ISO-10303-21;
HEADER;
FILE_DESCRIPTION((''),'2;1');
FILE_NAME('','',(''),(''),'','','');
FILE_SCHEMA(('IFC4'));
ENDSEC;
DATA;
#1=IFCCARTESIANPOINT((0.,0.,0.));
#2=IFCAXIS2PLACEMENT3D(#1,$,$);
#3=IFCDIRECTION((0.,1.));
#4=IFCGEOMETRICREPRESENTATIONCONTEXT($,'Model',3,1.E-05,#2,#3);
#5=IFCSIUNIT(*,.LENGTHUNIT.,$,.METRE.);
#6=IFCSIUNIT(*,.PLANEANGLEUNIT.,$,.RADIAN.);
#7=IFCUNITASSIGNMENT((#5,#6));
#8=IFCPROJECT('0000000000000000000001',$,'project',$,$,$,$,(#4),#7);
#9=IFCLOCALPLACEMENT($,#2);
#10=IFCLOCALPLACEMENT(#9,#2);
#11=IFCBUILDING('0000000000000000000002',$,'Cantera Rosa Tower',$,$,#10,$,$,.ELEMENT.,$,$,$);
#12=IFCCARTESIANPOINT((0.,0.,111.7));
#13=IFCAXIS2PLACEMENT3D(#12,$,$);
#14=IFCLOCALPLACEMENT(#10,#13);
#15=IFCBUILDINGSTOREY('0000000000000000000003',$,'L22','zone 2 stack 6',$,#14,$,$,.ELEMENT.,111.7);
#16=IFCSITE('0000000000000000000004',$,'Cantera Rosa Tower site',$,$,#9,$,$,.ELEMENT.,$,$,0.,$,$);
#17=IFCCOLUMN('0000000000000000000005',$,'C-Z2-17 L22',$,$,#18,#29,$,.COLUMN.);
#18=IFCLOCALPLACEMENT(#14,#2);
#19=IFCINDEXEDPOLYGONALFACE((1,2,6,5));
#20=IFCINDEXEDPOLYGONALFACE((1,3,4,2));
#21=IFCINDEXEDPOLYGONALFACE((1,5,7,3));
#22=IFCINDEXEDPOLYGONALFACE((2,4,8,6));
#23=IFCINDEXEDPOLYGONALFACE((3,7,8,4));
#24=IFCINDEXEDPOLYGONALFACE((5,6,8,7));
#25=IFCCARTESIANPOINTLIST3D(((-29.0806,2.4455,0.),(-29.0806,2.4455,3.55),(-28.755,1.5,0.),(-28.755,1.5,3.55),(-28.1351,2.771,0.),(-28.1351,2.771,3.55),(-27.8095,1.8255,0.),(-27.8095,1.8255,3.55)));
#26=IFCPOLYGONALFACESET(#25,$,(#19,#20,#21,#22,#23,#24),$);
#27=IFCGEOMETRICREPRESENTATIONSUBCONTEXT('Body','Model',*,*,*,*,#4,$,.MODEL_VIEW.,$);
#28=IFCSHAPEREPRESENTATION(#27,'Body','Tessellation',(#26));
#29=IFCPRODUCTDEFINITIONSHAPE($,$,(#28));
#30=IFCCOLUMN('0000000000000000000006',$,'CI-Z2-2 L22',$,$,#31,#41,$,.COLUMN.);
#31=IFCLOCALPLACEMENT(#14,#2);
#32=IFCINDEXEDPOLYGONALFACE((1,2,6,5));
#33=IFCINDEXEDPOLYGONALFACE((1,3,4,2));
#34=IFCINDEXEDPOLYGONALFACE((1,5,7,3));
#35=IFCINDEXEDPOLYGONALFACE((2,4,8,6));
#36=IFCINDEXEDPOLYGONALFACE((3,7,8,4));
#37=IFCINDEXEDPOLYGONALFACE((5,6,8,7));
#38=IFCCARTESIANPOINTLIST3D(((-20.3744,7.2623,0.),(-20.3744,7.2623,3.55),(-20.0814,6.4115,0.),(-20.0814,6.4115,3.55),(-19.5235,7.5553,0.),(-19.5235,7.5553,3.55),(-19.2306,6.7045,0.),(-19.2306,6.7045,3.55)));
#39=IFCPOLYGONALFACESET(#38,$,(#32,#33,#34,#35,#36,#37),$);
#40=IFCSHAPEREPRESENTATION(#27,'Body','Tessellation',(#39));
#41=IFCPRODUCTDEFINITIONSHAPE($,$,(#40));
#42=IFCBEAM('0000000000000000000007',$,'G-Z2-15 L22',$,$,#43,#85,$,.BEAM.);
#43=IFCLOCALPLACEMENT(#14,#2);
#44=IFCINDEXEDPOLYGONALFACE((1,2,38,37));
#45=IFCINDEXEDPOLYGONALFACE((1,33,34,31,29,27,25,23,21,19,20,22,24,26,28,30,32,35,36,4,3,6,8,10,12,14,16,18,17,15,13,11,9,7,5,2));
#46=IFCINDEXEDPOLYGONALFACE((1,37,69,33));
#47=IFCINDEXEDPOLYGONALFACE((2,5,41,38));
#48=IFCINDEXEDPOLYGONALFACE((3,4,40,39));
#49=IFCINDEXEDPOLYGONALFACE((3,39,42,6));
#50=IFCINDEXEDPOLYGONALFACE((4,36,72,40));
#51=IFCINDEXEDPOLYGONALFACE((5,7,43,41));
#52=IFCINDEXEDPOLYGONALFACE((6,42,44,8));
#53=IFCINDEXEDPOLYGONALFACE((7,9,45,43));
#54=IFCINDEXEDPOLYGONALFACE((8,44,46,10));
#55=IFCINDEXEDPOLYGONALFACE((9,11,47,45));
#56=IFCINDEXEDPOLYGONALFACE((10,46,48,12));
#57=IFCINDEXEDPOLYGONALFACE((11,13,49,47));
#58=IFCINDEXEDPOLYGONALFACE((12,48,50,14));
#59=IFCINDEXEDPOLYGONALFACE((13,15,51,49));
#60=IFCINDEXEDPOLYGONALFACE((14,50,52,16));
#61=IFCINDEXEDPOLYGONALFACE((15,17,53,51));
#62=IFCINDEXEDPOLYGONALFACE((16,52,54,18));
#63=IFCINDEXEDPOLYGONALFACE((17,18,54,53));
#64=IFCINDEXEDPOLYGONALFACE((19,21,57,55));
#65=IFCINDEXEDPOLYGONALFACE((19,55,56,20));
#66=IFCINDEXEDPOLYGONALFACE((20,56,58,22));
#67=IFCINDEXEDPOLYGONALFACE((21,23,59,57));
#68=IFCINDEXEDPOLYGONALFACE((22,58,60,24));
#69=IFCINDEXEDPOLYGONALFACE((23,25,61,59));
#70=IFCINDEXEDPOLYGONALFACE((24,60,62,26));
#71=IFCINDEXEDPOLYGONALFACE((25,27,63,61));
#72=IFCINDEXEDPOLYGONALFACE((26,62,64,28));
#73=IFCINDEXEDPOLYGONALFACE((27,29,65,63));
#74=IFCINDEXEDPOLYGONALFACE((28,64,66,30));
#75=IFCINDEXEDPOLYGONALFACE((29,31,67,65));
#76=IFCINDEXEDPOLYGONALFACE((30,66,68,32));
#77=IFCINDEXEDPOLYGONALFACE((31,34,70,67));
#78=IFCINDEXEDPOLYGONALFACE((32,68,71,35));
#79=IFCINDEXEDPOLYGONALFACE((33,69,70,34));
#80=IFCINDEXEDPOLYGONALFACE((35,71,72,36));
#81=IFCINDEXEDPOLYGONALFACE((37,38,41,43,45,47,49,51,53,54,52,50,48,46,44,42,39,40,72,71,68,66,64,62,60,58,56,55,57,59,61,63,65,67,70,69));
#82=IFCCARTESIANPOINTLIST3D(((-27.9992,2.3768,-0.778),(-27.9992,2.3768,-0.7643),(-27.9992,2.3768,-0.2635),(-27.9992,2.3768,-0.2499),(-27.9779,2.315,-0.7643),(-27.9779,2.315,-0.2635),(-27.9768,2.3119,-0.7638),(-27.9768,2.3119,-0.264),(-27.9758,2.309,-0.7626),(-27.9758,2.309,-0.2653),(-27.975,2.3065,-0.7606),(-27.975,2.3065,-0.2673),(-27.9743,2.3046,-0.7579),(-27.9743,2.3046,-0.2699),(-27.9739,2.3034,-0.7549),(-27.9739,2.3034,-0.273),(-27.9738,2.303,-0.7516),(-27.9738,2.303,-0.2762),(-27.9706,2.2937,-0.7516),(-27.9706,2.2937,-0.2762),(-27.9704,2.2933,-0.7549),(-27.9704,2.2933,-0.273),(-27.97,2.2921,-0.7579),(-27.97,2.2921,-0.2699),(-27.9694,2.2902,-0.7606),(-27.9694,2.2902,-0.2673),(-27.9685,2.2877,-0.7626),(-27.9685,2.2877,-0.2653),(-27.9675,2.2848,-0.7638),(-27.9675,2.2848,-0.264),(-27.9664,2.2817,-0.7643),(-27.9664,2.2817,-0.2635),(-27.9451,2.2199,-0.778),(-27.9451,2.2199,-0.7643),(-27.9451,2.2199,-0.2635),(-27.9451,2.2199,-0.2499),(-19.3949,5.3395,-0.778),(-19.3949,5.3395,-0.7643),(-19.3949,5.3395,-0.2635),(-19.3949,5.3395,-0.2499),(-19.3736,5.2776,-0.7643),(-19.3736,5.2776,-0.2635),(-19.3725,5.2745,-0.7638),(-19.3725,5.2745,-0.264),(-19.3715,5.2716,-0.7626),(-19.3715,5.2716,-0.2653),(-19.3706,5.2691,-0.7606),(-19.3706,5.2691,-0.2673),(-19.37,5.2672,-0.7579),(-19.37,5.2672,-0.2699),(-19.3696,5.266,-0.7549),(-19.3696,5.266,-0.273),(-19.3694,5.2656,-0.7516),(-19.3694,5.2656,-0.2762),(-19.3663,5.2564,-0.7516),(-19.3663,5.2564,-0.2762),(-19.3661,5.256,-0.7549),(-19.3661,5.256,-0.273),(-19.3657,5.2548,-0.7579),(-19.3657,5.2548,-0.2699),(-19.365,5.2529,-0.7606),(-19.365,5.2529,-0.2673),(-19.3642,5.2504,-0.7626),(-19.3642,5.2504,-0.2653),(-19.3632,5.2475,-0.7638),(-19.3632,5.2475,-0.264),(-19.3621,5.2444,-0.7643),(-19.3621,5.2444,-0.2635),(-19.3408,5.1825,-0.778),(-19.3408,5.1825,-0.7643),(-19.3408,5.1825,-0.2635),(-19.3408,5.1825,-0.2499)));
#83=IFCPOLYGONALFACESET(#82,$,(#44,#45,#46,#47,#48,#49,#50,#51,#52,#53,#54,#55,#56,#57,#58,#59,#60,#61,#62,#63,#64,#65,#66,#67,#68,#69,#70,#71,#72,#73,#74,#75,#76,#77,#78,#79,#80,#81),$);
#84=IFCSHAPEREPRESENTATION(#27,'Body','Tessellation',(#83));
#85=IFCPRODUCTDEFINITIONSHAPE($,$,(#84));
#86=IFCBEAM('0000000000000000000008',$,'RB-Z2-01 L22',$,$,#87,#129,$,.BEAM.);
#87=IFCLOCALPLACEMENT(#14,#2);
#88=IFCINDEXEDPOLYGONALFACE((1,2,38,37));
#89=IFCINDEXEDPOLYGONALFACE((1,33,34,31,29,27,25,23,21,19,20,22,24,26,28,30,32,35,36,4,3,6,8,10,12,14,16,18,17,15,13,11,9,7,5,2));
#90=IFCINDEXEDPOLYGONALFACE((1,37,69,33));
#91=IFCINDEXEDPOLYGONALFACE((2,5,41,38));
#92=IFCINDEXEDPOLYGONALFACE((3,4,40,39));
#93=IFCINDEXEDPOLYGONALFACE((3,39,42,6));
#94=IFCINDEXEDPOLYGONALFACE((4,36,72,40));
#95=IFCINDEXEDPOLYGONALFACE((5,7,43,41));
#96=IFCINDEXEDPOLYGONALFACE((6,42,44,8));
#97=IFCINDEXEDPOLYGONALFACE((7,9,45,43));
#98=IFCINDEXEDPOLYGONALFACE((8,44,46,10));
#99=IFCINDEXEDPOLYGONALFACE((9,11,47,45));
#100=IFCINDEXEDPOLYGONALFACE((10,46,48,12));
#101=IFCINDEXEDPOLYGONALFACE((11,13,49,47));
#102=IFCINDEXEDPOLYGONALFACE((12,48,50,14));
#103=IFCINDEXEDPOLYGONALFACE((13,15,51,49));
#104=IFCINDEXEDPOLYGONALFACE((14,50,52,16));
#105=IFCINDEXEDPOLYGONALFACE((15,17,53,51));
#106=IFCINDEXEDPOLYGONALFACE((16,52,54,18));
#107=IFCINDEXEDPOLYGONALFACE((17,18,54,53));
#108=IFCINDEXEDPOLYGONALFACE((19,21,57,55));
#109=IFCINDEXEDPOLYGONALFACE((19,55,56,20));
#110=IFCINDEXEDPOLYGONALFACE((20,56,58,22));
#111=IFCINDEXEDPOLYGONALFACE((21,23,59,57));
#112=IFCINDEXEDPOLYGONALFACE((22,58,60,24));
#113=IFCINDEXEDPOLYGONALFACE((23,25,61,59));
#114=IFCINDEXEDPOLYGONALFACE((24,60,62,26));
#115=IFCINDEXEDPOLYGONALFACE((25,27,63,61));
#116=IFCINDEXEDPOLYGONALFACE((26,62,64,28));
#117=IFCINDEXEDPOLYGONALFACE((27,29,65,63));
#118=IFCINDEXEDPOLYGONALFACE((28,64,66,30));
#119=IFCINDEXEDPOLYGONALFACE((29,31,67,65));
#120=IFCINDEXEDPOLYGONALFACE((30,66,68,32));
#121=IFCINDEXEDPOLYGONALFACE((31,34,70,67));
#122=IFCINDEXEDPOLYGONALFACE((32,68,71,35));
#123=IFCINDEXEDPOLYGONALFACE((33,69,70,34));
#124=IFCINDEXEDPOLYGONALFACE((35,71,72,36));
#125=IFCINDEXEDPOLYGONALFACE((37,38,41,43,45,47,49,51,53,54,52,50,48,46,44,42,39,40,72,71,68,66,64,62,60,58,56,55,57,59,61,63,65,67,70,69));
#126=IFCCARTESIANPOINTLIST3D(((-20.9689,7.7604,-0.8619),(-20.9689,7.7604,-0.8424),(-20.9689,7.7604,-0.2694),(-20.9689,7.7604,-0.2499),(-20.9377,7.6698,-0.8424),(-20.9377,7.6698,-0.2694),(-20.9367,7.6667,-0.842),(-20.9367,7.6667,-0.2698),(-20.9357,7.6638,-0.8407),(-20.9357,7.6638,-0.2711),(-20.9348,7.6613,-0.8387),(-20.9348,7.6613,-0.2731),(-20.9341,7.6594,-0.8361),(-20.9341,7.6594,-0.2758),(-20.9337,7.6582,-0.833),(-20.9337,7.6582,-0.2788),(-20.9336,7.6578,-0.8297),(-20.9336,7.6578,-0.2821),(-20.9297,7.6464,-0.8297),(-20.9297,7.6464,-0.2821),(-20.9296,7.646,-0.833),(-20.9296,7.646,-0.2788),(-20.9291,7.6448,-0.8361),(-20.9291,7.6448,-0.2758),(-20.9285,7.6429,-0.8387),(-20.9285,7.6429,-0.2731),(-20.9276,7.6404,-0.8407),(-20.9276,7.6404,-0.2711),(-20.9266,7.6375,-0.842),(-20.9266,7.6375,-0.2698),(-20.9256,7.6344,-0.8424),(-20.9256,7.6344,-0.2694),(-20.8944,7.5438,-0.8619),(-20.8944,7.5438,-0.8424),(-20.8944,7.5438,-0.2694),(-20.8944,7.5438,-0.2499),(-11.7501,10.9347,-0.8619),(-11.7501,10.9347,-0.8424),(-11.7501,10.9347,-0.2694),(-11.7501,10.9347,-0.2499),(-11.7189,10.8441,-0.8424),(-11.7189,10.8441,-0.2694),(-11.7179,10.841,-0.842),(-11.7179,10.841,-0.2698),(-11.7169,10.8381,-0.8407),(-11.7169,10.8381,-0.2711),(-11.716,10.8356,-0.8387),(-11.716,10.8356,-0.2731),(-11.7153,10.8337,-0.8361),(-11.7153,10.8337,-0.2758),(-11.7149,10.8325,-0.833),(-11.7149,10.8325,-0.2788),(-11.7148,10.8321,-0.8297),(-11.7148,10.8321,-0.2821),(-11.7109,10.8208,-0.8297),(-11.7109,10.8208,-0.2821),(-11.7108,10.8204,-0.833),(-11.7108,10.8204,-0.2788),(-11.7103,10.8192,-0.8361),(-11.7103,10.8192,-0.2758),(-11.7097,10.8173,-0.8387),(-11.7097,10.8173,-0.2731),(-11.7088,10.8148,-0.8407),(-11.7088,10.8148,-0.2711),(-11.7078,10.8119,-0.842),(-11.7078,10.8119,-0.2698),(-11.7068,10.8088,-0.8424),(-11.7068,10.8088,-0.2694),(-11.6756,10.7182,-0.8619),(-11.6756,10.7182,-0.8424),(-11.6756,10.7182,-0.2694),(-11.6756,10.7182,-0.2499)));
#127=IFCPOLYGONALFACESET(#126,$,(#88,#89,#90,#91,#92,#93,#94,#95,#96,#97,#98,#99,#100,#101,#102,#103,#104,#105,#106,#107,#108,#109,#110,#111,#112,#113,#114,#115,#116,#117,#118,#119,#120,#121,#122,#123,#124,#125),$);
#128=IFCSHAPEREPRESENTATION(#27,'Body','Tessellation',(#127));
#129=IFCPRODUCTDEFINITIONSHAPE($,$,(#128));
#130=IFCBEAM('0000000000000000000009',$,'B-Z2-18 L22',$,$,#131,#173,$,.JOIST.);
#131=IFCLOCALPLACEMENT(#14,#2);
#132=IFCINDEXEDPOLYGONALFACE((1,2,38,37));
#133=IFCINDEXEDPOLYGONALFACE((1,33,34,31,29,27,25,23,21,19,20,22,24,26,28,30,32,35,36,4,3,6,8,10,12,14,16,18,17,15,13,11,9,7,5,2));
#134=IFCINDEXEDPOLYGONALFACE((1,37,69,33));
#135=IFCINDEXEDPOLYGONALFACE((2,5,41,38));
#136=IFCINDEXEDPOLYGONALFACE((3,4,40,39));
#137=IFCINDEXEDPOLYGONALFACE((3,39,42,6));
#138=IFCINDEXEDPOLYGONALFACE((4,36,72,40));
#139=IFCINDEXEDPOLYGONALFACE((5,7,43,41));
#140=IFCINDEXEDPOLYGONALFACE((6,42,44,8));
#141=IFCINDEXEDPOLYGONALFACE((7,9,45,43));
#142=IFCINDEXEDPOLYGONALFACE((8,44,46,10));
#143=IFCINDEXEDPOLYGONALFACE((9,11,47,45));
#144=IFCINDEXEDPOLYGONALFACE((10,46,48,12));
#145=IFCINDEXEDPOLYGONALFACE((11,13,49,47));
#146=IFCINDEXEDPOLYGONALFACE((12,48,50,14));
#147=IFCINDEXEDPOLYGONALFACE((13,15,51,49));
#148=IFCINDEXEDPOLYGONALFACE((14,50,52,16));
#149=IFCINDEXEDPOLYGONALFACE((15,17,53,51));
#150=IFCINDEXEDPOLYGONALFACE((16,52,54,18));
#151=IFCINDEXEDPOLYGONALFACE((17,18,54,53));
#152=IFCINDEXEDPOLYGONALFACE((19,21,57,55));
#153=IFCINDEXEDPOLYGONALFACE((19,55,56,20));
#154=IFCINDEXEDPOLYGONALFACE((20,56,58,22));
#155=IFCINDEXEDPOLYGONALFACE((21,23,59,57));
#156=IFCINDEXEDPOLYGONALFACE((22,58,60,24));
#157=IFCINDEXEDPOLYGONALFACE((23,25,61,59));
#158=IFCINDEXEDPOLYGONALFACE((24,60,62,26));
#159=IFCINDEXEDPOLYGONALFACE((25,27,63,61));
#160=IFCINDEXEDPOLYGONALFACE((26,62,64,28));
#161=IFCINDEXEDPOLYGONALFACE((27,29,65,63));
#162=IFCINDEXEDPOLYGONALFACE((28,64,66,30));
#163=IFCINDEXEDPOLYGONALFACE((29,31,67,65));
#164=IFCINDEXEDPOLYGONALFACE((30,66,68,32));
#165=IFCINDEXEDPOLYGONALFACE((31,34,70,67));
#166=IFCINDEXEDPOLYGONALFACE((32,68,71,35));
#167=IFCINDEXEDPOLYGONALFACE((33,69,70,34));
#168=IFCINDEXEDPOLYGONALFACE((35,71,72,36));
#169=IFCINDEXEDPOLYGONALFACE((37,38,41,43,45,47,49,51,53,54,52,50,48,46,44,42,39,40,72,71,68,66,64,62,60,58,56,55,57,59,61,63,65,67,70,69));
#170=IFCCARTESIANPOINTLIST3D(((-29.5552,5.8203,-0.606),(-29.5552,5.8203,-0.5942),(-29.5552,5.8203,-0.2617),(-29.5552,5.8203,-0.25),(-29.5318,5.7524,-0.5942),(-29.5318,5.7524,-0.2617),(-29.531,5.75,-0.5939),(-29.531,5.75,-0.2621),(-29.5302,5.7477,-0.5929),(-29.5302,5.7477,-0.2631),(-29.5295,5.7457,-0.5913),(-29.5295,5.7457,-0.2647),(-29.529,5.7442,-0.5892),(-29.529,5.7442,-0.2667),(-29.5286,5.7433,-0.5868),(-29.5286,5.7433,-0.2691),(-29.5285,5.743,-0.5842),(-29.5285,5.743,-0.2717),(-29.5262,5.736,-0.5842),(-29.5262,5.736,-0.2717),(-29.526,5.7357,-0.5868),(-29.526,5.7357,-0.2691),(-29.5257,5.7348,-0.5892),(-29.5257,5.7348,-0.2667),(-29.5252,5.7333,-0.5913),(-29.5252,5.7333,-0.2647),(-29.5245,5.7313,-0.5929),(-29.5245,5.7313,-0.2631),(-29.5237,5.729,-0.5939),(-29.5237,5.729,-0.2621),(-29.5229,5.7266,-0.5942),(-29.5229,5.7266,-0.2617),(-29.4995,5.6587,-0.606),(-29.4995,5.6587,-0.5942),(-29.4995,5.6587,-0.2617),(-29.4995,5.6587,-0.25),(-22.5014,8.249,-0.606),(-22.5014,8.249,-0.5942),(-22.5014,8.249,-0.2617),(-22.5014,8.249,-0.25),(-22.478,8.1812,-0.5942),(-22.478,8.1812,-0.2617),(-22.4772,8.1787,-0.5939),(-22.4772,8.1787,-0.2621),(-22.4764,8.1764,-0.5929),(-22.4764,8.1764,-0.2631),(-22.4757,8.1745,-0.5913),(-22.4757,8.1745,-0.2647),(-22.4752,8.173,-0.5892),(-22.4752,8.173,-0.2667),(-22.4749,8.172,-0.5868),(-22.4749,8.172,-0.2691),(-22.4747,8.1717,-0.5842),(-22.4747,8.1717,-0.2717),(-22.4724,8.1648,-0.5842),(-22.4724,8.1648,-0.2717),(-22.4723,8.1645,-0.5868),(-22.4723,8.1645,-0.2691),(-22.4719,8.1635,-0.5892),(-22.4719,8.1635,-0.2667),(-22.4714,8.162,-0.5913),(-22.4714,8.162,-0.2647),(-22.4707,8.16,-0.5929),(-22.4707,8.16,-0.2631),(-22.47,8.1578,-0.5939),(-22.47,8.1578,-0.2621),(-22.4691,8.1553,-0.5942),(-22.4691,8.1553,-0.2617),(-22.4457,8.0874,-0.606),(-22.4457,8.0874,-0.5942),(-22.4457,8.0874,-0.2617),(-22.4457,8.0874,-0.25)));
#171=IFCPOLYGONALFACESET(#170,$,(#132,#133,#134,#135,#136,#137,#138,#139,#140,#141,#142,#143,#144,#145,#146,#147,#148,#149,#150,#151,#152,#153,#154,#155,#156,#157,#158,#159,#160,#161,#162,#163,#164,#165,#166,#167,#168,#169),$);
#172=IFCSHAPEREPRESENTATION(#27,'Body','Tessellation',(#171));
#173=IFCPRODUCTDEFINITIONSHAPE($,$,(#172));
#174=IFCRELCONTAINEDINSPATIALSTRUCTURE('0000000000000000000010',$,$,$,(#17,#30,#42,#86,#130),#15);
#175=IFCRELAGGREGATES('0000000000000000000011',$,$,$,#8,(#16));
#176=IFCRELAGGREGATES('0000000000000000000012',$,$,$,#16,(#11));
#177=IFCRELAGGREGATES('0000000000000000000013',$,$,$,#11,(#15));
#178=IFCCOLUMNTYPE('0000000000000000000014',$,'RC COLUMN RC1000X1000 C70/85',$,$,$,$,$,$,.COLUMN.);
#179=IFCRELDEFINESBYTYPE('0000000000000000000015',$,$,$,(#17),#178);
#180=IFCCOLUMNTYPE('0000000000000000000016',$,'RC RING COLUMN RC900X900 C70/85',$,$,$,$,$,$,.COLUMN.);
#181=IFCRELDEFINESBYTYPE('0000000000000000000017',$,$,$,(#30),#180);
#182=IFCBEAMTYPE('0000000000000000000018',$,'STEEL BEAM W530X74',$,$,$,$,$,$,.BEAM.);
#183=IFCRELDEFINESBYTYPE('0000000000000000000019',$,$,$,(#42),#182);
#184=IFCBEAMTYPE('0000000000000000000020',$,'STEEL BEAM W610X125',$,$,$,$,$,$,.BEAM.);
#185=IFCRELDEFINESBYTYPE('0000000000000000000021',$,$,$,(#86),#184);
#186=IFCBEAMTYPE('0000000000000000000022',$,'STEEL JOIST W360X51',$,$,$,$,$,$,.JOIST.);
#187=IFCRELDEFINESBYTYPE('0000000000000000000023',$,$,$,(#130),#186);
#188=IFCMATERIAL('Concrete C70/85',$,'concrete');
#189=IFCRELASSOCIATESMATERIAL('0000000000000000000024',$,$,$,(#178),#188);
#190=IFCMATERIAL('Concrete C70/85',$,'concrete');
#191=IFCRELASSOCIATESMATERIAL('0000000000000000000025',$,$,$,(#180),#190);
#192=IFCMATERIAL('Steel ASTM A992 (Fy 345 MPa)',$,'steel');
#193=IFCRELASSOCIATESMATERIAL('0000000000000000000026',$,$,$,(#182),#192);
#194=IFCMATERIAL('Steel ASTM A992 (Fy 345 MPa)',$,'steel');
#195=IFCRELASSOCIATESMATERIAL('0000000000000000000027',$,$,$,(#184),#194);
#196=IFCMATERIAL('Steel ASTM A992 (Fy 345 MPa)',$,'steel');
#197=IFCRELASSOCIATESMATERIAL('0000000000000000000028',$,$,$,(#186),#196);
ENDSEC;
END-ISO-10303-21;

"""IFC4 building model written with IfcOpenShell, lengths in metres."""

from ifc_helpers import new_model, si_unit, direction, frame, origin, origin_2d, place, context, subcontext, project, spatial, rectangle, i_section, extrude, material, material_profile, profile_set, type_object, element, save


model = new_model("IFC4")

# Units and contexts
model_context = context("Model", 3, precision=1e-05, world=origin(), true_north=direction((0.0, 1.0)))
body_context = subcontext(model_context, "Body", "Model", "MODEL_VIEW")
ifc_project = project(units=[si_unit("LENGTHUNIT", "METRE"), si_unit("PLANEANGLEUNIT", "RADIAN")], contexts=[model_context])

# Site, building, storey
site_placement = place(None, origin())
site = spatial("IfcSite", under=ifc_project, at=site_placement, Name="Cantera Rosa Tower site", CompositionType="ELEMENT", RefElevation=0.0)
building_placement = place(site_placement, origin())
building = spatial("IfcBuilding", under=site, at=building_placement, Name="Cantera Rosa Tower", CompositionType="ELEMENT")
storey_placement = place(building_placement, frame((0.0, 0.0, 111.7)))
storey = spatial("IfcBuildingStorey", under=building, at=storey_placement, Name="L22", Description="zone 2 stack 6", CompositionType="ELEMENT", Elevation=111.7)

# Columns
ifc_material_1 = material(Name="Concrete C70/85", Category="concrete")
ifc_material_profile_1 = material_profile(ifc_material_1, rectangle(XDim=1.0, YDim=1.0, at=origin_2d()), Name="RC COLUMN RC1000X1000 C70/85")
ifc_profile_set_1 = profile_set([ifc_material_profile_1], Name="Concrete C70/85")
column_type_1 = type_object("IfcColumnType", Name="RC COLUMN RC1000X1000 C70/85", PredefinedType="COLUMN", material=ifc_profile_set_1)
column_1_placement = place(storey_placement, frame((-28.4451, 2.1355, 0.0), z_axis=(0.0, 0.0, 1.0), x_axis=(0.945519, 0.325568, 0.0)))
element("IfcColumn", 1, at=column_1_placement, inside=storey, type_object=column_type_1, Name="C-Z2-17 L22", PredefinedType="COLUMN", context=body_context, shape_type="SweptSolid", body=[
    extrude(rectangle(XDim=1.0, YDim=1.0, at=origin_2d()), origin(), (0.0, 0.0, 1.0), 3.55),
])
ifc_material_2 = material(Name="Concrete C70/85", Category="concrete")
ifc_material_profile_2 = material_profile(ifc_material_2, rectangle(XDim=0.8999, YDim=0.8999, at=origin_2d()), Name="RC RING COLUMN RC900X900 C70/85")
ifc_profile_set_2 = profile_set([ifc_material_profile_2], Name="Concrete C70/85")
column_type_2 = type_object("IfcColumnType", Name="RC RING COLUMN RC900X900 C70/85", PredefinedType="COLUMN", material=ifc_profile_set_2)
column_2_placement = place(storey_placement, frame((-19.8025, 6.9834, 0.0), z_axis=(0.0, 0.0, 1.0), x_axis=(0.945519, 0.325568, 0.0)))
element("IfcColumn", 2, at=column_2_placement, inside=storey, type_object=column_type_2, Name="CI-Z2-2 L22", PredefinedType="COLUMN", context=body_context, shape_type="SweptSolid", body=[
    extrude(rectangle(XDim=0.8999, YDim=0.8999, at=origin_2d()), origin(), (0.0, 0.0, 1.0), 3.55),
])

# Beams
ifc_material_3 = material(Name="Steel ASTM A992 (Fy 345 MPa)", Category="steel")
ifc_material_profile_3 = material_profile(ifc_material_3, i_section(OverallWidth=0.166, OverallDepth=0.5281, WebThickness=0.0098, FlangeThickness=0.0137, FilletRadius=0.0127, at=origin_2d()), Name="W530X74")
ifc_profile_set_3 = profile_set([ifc_material_profile_3], Name="Steel ASTM A992 (Fy 345 MPa)")
beam_type_1 = type_object("IfcBeamType", Name="STEEL BEAM W530X74", PredefinedType="BEAM", material=ifc_profile_set_3)
beam_1_placement = place(storey_placement, frame((-27.9722, 2.2983, -0.5139), z_axis=(0.94552, 0.325565, 0.0), x_axis=(-0.325565, 0.94552, 0.0)))
element("IfcBeam", 3, at=beam_1_placement, inside=storey, type_object=beam_type_1, Name="G-Z2-15 L22", PredefinedType="BEAM", context=body_context, shape_type="SweptSolid", body=[
    extrude(i_section(OverallWidth=0.166, OverallDepth=0.5281, WebThickness=0.0098, FlangeThickness=0.0137, FilletRadius=0.0127, at=origin_2d()), origin(), (0.0, 0.0, 1.0), 9.1001),
])
ifc_material_4 = material(Name="Steel ASTM A992 (Fy 345 MPa)", Category="steel")
ifc_material_profile_4 = material_profile(ifc_material_4, i_section(OverallWidth=0.229, OverallDepth=0.6121, WebThickness=0.012, FlangeThickness=0.0195, FilletRadius=0.0127, at=origin_2d()), Name="W610X125")
ifc_profile_set_4 = profile_set([ifc_material_profile_4], Name="Steel ASTM A992 (Fy 345 MPa)")
beam_type_2 = type_object("IfcBeamType", Name="STEEL BEAM W610X125", PredefinedType="BEAM", material=ifc_profile_set_4)
beam_2_placement = place(storey_placement, frame((-20.9316, 7.6521, -0.5559), z_axis=(0.945517, 0.325572, 0.0), x_axis=(-0.325572, 0.945517, 0.0)))
element("IfcBeam", 4, at=beam_2_placement, inside=storey, type_object=beam_type_2, Name="RB-Z2-01 L22", PredefinedType="BEAM", context=body_context, shape_type="SweptSolid", body=[
    extrude(i_section(OverallWidth=0.229, OverallDepth=0.6121, WebThickness=0.012, FlangeThickness=0.0195, FilletRadius=0.0127, at=origin_2d()), origin(), (0.0, 0.0, 1.0), 9.75),
])
ifc_material_5 = material(Name="Steel ASTM A992 (Fy 345 MPa)", Category="steel")
ifc_material_profile_5 = material_profile(ifc_material_5, i_section(OverallWidth=0.1709, OverallDepth=0.356, WebThickness=0.0073, FlangeThickness=0.0117, FilletRadius=0.01, at=origin_2d()), Name="W360X51")
ifc_profile_set_5 = profile_set([ifc_material_profile_5], Name="Steel ASTM A992 (Fy 345 MPa)")
beam_type_3 = type_object("IfcBeamType", Name="STEEL JOIST W360X51", PredefinedType="JOIST", material=ifc_profile_set_5)
beam_3_placement = place(storey_placement, frame((-29.5273, 5.7395, -0.428), z_axis=(0.945522, 0.325559, 0.0), x_axis=(-0.325559, 0.945522, 0.0)))
element("IfcBeam", 5, at=beam_3_placement, inside=storey, type_object=beam_type_3, Name="B-Z2-18 L22", PredefinedType="JOIST", context=body_context, shape_type="SweptSolid", body=[
    extrude(i_section(OverallWidth=0.1709, OverallDepth=0.356, WebThickness=0.0073, FlangeThickness=0.0117, FilletRadius=0.01, at=origin_2d()), origin(), (0.0, 0.0, 1.0), 7.4602),
])

save(model, "model.ifc")
